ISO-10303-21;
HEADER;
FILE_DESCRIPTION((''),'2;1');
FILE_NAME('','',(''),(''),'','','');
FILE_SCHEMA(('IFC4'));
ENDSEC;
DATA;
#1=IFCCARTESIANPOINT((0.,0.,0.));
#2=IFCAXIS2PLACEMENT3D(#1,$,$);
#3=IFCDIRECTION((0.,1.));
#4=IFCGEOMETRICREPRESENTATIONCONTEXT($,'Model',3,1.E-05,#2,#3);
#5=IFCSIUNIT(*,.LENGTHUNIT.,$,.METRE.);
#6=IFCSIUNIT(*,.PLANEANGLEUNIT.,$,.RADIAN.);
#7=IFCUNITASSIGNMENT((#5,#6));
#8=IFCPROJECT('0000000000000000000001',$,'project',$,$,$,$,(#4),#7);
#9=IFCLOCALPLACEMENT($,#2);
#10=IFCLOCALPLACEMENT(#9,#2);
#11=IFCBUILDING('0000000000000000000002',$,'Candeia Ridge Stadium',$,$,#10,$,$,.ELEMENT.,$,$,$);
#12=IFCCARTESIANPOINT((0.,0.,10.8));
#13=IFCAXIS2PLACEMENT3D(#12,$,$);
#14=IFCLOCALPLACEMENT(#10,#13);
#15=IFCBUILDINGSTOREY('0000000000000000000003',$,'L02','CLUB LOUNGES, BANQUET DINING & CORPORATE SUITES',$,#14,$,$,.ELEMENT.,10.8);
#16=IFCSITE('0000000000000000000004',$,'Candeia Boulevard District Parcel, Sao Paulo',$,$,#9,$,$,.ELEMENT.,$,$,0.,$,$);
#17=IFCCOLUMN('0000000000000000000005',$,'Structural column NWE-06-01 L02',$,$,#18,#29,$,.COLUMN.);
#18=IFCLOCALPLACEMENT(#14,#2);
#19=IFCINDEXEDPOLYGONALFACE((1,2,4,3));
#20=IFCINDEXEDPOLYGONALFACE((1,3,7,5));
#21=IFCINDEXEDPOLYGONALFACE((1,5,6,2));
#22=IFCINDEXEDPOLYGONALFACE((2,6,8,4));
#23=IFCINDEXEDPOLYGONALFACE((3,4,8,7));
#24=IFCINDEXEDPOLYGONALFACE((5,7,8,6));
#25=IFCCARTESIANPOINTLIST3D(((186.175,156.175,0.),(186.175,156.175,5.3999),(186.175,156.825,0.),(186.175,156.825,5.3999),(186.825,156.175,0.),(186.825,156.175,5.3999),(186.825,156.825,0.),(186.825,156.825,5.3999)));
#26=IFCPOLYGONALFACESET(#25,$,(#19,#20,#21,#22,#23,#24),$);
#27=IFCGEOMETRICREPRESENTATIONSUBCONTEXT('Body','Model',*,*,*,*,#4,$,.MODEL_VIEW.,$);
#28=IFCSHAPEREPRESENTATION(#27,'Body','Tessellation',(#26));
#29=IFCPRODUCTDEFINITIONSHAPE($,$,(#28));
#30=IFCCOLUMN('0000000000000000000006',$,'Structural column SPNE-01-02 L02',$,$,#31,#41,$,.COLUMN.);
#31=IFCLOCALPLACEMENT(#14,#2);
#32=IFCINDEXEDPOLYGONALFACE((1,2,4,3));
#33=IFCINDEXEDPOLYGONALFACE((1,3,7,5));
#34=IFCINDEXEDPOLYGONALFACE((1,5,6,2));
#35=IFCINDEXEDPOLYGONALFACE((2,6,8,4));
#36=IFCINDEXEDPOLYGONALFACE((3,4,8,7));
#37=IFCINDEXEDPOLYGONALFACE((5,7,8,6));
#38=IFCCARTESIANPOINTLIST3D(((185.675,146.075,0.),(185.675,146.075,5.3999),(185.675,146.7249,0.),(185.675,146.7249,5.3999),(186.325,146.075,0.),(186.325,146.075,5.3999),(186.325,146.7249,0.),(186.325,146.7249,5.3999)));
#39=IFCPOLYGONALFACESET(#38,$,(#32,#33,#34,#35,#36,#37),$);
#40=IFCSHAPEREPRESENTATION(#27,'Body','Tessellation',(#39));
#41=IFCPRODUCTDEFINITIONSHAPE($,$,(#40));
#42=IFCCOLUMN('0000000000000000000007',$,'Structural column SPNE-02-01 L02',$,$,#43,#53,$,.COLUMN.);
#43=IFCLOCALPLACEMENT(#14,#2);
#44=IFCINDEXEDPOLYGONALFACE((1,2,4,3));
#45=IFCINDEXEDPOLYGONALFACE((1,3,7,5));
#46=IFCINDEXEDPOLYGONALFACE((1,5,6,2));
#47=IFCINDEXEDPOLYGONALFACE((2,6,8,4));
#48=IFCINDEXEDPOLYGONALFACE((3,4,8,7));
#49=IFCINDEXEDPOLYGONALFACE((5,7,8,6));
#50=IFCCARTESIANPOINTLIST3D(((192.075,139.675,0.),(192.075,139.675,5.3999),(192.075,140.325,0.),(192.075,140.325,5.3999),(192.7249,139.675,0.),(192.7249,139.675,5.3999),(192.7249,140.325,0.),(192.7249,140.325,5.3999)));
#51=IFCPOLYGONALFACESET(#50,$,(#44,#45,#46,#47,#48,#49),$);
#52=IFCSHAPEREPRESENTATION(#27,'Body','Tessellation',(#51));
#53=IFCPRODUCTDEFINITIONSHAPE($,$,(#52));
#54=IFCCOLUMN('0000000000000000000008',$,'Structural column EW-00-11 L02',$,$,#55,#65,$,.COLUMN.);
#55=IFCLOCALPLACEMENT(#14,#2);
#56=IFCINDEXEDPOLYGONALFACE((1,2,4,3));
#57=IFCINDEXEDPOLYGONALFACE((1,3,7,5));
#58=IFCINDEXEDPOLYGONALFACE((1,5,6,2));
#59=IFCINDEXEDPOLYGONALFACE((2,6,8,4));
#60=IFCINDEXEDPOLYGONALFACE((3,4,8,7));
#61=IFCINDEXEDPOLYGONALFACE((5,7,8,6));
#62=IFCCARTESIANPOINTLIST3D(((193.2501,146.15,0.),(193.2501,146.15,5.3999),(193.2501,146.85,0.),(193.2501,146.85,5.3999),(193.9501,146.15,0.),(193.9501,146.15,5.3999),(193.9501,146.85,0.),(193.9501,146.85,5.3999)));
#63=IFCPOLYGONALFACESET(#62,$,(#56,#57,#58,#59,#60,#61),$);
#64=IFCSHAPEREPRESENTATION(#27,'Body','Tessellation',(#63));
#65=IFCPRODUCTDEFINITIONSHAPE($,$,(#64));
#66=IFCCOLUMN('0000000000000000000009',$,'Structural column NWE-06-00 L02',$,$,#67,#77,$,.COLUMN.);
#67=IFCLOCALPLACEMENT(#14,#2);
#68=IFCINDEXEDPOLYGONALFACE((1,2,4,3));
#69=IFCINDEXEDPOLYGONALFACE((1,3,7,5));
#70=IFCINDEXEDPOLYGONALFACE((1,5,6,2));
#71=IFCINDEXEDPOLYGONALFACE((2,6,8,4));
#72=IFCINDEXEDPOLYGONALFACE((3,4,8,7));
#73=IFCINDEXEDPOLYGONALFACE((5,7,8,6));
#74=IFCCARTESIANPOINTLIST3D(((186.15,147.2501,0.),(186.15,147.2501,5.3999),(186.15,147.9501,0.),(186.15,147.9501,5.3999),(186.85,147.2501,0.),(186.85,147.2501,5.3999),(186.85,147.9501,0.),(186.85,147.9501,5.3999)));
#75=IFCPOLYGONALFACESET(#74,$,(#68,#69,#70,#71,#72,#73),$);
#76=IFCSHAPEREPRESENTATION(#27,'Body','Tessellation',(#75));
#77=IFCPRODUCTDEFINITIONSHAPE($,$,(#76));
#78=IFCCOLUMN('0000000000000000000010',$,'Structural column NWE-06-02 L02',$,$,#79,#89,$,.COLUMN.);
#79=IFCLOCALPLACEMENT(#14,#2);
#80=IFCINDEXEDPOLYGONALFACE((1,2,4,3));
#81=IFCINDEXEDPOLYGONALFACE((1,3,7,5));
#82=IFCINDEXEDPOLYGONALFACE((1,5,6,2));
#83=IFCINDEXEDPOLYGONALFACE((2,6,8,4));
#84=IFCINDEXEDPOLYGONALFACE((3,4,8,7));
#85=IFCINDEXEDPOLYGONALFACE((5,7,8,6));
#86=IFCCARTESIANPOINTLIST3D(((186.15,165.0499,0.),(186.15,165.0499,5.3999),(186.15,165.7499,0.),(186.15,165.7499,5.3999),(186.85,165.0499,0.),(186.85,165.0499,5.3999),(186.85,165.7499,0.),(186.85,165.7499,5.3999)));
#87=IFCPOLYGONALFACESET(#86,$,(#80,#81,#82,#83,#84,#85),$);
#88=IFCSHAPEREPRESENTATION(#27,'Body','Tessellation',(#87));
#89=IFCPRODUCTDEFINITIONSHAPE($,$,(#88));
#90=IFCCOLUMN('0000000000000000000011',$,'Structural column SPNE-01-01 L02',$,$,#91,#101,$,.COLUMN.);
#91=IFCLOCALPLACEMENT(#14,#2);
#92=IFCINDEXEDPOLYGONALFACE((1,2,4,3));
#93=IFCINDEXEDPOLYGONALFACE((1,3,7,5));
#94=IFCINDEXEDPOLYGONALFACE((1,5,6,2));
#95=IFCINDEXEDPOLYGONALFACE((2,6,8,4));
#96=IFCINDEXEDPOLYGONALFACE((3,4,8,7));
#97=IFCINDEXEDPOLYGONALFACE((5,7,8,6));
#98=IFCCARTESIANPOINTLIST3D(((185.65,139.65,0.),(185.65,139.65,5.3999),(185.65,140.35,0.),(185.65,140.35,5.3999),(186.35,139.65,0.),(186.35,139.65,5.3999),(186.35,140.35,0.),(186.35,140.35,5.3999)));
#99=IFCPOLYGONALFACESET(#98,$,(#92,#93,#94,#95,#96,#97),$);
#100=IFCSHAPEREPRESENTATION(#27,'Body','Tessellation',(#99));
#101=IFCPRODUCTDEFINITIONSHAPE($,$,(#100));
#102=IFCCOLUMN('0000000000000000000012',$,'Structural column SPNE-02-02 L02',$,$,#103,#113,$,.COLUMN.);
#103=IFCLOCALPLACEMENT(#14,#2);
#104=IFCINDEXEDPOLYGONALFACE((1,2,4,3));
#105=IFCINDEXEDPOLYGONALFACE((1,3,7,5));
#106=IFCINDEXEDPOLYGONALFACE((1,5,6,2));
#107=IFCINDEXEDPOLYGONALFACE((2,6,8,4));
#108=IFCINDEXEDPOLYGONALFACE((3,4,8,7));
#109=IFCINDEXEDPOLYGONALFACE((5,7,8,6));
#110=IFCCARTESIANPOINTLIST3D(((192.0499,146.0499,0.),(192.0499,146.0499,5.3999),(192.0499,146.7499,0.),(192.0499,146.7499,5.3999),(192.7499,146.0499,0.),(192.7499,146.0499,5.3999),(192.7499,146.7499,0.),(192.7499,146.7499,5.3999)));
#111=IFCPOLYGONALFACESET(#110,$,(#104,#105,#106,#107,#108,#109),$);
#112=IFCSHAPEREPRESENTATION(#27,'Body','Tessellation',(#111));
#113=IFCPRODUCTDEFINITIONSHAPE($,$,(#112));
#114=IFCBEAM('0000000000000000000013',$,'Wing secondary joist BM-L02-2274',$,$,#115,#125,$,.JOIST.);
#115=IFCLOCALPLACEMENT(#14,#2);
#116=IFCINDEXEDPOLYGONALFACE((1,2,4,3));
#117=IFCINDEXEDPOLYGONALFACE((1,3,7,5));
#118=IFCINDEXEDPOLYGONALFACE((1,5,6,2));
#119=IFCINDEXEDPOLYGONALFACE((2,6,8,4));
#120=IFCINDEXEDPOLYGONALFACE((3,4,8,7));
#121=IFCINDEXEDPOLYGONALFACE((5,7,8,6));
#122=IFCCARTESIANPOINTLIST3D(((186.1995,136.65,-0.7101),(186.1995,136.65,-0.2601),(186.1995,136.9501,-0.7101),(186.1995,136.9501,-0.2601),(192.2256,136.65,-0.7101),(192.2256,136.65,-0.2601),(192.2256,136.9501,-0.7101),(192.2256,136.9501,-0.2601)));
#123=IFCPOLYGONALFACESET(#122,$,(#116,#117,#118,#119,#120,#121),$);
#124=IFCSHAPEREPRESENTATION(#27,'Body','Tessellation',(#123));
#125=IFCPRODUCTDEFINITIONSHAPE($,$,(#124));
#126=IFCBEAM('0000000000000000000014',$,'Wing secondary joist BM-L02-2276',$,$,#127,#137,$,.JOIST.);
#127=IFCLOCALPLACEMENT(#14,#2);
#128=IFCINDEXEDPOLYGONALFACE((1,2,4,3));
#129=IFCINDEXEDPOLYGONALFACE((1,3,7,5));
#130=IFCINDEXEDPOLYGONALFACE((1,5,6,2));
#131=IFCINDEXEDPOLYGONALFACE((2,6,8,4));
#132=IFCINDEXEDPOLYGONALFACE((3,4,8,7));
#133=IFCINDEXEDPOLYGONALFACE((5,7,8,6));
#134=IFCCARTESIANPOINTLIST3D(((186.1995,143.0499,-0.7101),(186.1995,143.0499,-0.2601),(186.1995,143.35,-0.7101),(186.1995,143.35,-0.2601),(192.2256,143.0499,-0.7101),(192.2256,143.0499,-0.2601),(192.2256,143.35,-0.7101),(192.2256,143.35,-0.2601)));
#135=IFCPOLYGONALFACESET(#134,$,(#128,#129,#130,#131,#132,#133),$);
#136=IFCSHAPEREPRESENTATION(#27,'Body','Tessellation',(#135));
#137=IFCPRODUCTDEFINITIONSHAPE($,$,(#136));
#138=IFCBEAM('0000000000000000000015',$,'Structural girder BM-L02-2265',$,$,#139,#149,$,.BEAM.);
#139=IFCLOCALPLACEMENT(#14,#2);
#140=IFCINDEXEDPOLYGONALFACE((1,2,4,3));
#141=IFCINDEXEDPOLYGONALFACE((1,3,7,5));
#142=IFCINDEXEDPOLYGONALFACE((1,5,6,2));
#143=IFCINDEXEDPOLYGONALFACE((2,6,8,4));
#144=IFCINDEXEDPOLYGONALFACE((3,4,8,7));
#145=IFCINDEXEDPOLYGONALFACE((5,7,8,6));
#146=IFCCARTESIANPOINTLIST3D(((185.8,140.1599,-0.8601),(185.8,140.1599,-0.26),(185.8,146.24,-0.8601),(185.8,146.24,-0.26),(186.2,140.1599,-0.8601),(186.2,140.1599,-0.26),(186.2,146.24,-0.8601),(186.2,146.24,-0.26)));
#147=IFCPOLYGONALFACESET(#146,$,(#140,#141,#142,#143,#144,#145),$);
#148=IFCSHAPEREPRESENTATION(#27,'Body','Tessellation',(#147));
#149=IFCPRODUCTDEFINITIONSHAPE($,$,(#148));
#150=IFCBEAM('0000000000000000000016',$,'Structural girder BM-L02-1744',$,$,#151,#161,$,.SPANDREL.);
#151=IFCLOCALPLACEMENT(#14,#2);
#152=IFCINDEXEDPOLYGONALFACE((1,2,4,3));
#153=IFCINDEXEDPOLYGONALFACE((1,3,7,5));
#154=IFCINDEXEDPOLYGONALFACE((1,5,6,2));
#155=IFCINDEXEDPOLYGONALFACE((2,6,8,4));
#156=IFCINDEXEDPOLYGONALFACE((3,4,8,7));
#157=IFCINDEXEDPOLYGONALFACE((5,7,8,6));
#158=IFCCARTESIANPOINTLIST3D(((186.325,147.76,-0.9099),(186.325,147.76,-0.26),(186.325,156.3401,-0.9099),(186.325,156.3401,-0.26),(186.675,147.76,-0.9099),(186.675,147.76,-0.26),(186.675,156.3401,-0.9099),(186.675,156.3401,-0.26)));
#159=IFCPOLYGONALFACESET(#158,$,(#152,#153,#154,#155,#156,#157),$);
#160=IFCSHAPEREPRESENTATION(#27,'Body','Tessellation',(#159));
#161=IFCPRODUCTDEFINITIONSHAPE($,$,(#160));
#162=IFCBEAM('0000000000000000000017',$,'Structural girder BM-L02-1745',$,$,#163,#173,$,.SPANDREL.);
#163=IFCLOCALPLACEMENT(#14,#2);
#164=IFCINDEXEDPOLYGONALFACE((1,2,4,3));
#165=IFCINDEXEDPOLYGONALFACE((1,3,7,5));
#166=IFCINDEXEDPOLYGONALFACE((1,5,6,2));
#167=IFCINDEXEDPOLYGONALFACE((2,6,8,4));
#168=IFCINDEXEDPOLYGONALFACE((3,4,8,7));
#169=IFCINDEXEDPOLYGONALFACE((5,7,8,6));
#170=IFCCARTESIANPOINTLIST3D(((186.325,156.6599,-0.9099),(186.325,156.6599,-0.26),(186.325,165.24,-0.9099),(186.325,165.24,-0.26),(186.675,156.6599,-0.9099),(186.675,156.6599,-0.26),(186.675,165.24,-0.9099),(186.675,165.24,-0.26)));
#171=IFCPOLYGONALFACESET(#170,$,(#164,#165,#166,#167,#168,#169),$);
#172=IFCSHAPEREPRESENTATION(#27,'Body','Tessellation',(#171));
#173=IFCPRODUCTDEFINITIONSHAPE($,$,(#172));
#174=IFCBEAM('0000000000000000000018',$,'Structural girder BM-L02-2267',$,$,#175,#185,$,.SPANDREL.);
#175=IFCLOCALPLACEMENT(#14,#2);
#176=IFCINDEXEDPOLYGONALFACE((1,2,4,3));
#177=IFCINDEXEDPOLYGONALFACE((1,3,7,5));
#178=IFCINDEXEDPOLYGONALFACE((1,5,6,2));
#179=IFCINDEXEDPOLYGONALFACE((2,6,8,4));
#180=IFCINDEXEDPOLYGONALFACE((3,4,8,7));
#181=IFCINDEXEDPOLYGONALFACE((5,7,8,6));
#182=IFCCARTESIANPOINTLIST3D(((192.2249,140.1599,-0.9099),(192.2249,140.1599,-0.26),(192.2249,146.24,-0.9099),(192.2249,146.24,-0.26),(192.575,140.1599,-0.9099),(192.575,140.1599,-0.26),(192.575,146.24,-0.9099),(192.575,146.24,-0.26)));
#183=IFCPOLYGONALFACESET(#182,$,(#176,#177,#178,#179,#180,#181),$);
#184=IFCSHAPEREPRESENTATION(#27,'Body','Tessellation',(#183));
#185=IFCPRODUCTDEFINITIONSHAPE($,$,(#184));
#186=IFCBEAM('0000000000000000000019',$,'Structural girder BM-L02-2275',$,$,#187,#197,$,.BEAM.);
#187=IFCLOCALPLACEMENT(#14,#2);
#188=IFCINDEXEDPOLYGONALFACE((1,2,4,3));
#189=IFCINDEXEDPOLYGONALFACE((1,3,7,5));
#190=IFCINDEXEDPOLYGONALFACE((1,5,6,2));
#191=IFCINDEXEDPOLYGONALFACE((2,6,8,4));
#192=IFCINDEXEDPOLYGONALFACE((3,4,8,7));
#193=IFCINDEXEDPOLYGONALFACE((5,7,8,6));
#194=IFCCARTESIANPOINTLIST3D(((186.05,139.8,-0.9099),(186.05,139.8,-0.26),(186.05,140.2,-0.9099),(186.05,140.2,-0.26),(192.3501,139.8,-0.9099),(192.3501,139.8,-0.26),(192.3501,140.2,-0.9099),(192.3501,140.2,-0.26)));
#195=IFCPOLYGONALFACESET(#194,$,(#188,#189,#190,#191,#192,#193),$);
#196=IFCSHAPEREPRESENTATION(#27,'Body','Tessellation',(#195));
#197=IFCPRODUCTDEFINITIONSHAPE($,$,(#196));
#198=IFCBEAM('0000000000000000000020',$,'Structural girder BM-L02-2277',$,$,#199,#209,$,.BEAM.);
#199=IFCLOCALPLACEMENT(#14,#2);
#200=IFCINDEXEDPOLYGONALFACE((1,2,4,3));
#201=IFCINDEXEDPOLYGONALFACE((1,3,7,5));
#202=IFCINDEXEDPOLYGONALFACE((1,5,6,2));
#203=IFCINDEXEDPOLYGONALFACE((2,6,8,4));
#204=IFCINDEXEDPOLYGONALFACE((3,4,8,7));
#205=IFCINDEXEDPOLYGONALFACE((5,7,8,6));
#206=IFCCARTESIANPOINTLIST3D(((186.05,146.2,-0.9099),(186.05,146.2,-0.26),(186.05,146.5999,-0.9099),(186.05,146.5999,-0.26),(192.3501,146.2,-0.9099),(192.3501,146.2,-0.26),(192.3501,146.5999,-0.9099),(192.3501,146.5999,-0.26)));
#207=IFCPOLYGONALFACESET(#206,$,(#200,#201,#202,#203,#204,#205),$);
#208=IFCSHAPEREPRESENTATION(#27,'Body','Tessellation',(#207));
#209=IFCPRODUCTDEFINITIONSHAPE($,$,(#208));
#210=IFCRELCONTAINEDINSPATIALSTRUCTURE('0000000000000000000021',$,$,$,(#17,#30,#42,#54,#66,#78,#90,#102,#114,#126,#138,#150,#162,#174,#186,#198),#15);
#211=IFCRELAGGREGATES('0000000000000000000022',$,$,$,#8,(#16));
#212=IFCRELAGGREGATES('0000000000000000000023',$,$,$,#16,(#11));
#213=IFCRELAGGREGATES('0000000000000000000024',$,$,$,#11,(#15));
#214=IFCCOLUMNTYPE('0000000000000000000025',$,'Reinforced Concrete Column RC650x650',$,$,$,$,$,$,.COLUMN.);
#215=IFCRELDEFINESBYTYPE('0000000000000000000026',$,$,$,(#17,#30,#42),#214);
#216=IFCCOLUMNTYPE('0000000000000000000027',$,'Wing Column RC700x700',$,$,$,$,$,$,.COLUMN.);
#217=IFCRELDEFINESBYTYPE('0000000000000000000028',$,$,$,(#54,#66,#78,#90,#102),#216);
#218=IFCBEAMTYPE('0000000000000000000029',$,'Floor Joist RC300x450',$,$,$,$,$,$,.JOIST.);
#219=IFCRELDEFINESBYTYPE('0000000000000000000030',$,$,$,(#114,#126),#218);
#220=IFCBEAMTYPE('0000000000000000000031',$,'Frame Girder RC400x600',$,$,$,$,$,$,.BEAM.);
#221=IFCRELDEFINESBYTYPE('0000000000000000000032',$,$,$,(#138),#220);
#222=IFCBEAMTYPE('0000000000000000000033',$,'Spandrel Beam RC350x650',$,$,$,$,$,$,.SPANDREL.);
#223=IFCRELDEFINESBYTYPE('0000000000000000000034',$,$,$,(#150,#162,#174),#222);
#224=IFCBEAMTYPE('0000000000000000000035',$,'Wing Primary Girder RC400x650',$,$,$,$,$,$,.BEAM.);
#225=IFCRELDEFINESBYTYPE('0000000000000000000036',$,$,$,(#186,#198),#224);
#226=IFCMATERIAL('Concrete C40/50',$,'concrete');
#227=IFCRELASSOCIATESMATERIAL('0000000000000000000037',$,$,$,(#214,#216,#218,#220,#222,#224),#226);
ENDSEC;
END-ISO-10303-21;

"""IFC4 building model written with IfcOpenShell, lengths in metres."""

from ifc_helpers import new_model, si_unit, direction, frame, origin, origin_2d, place, context, subcontext, project, spatial, rectangle, extrude, material, material_profile, profile_set, type_object, element, save


model = new_model("IFC4")

# Units and contexts
model_context = context("Model", 3, precision=1e-05, world=origin(), true_north=direction((0.0, 1.0)))
body_context = subcontext(model_context, "Body", "Model", "MODEL_VIEW")
ifc_project = project(units=[si_unit("LENGTHUNIT", "METRE"), si_unit("PLANEANGLEUNIT", "RADIAN")], contexts=[model_context])

# Site, building, storey
site_placement = place(None, origin())
site = spatial("IfcSite", under=ifc_project, at=site_placement, Name="Candeia Boulevard District Parcel, Sao Paulo", CompositionType="ELEMENT", RefElevation=0.0)
building_placement = place(site_placement, origin())
building = spatial("IfcBuilding", under=site, at=building_placement, Name="Candeia Ridge Stadium", CompositionType="ELEMENT")
storey_placement = place(building_placement, frame((0.0, 0.0, 10.8)))
storey = spatial("IfcBuildingStorey", under=building, at=storey_placement, Name="L02", Description="CLUB LOUNGES, BANQUET DINING & CORPORATE SUITES", CompositionType="ELEMENT", Elevation=10.8)

# Columns
ifc_material_1 = material(Name="Concrete C40/50", Category="concrete")
ifc_material_profile_1 = material_profile(ifc_material_1, rectangle(XDim=0.6499, YDim=0.6499, at=origin_2d()), Name="RC650x650", Category="concrete")
ifc_profile_set_1 = profile_set([ifc_material_profile_1], Name="Concrete C40/50")
column_type_1 = type_object("IfcColumnType", Name="Reinforced Concrete Column RC650x650", PredefinedType="COLUMN", material=ifc_profile_set_1)
for number, where, z_axis, x_axis, name in (
    (1, (186.5, 156.5, 0.0), (0.0, 0.0, 1.0), (1.0, 0.0, 0.0), "Structural column NWE-06-01 L02"),
    (2, (186.0, 146.3999, 0.0), (0.0, 0.0, 1.0), (1.0, 0.0, 0.0), "Structural column SPNE-01-02 L02"),
    (3, (192.3999, 140.0, 0.0), (0.0, 0.0, 1.0), (1.0, 0.0, 0.0), "Structural column SPNE-02-01 L02"),
):
    element("IfcColumn", number, at=place(storey_placement, frame(where, z_axis=z_axis, x_axis=x_axis)), inside=storey, type_object=column_type_1, Name=name, PredefinedType="COLUMN", context=body_context, shape_type="SweptSolid", body=[
        extrude(rectangle(XDim=0.6499, YDim=0.6499, at=origin_2d()), origin(), (0.0, 0.0, 1.0), 5.3999),
    ])
ifc_material_profile_2 = material_profile(ifc_material_1, rectangle(XDim=0.7, YDim=0.7, at=origin_2d()), Name="RC700x700", Category="concrete")
ifc_profile_set_2 = profile_set([ifc_material_profile_2], Name="Concrete C40/50")
column_type_2 = type_object("IfcColumnType", Name="Wing Column RC700x700", PredefinedType="COLUMN", material=ifc_profile_set_2)
for number, where, z_axis, x_axis, name in (
    (4, (193.6001, 146.5, 0.0), (0.0, 0.0, 1.0), (1.0, 0.0, 0.0), "Structural column EW-00-11 L02"),
    (5, (186.5, 147.6001, 0.0), (0.0, 0.0, 1.0), (1.0, 0.0, 0.0), "Structural column NWE-06-00 L02"),
    (6, (186.5, 165.3999, 0.0), (0.0, 0.0, 1.0), (1.0, 0.0, 0.0), "Structural column NWE-06-02 L02"),
    (7, (186.0, 140.0, 0.0), (0.0, 0.0, 1.0), (1.0, 0.0, 0.0), "Structural column SPNE-01-01 L02"),
    (8, (192.3999, 146.3999, 0.0), (0.0, 0.0, 1.0), (1.0, 0.0, 0.0), "Structural column SPNE-02-02 L02"),
):
    element("IfcColumn", number, at=place(storey_placement, frame(where, z_axis=z_axis, x_axis=x_axis)), inside=storey, type_object=column_type_2, Name=name, PredefinedType="COLUMN", context=body_context, shape_type="SweptSolid", body=[
        extrude(rectangle(XDim=0.7, YDim=0.7, at=origin_2d()), origin(), (0.0, 0.0, 1.0), 5.3999),
    ])

# Beams
ifc_material_profile_3 = material_profile(ifc_material_1, rectangle(XDim=0.3, YDim=0.45, at=origin_2d()), Name="RC300x450", Category="concrete")
ifc_profile_set_3 = profile_set([ifc_material_profile_3], Name="Concrete C40/50")
beam_type_1 = type_object("IfcBeamType", Name="Floor Joist RC300x450", PredefinedType="JOIST", material=ifc_profile_set_3)
for number, where, z_axis, x_axis, name in (
    (9, (186.1995, 136.8, -0.4851), (1.0, 0.0, 0.0), (0.0, 1.0, 0.0), "Wing secondary joist BM-L02-2274"),
    (10, (186.1995, 143.2, -0.4851), (1.0, 0.0, 0.0), (0.0, 1.0, 0.0), "Wing secondary joist BM-L02-2276"),
):
    element("IfcBeam", number, at=place(storey_placement, frame(where, z_axis=z_axis, x_axis=x_axis)), inside=storey, type_object=beam_type_1, Name=name, PredefinedType="JOIST", context=body_context, shape_type="SweptSolid", body=[
        extrude(rectangle(XDim=0.3, YDim=0.45, at=origin_2d()), origin(), (0.0, 0.0, 1.0), 6.0261),
    ])
ifc_material_profile_4 = material_profile(ifc_material_1, rectangle(XDim=0.3999, YDim=0.6001, at=origin_2d()), Name="RC400x600", Category="concrete")
ifc_profile_set_4 = profile_set([ifc_material_profile_4], Name="Concrete C40/50")
beam_type_2 = type_object("IfcBeamType", Name="Frame Girder RC400x600", PredefinedType="BEAM", material=ifc_profile_set_4)
beam_1_placement = place(storey_placement, frame((186.0, 140.1599, -0.5601), z_axis=(0.0, 1.0, 0.0), x_axis=(-1.0, 0.0, 0.0)))
element("IfcBeam", 11, at=beam_1_placement, inside=storey, type_object=beam_type_2, Name="Structural girder BM-L02-2265", PredefinedType="BEAM", context=body_context, shape_type="SweptSolid", body=[
    extrude(rectangle(XDim=0.3999, YDim=0.6001, at=origin_2d()), origin(), (0.0, 0.0, 1.0), 6.0801),
])
ifc_material_profile_5 = material_profile(ifc_material_1, rectangle(XDim=0.3501, YDim=0.6499, at=origin_2d()), Name="RC350x650", Category="concrete")
ifc_profile_set_5 = profile_set([ifc_material_profile_5], Name="Concrete C40/50")
beam_type_3 = type_object("IfcBeamType", Name="Spandrel Beam RC350x650", PredefinedType="SPANDREL", material=ifc_profile_set_5)
for number, where, z_axis, x_axis, name in (
    (12, (186.5, 147.76, -0.585), (0.0, 1.0, 0.0), (-1.0, 0.0, 0.0), "Structural girder BM-L02-1744"),
    (13, (186.5, 156.6599, -0.585), (0.0, 1.0, 0.0), (-1.0, 0.0, 0.0), "Structural girder BM-L02-1745"),
):
    element("IfcBeam", number, at=place(storey_placement, frame(where, z_axis=z_axis, x_axis=x_axis)), inside=storey, type_object=beam_type_3, Name=name, PredefinedType="SPANDREL", context=body_context, shape_type="SweptSolid", body=[
        extrude(rectangle(XDim=0.3501, YDim=0.6499, at=origin_2d()), origin(), (0.0, 0.0, 1.0), 8.5801),
    ])
beam_2_placement = place(storey_placement, frame((192.3999, 140.1599, -0.585), z_axis=(0.0, 1.0, 0.0), x_axis=(-1.0, 0.0, 0.0)))
element("IfcBeam", 14, at=beam_2_placement, inside=storey, type_object=beam_type_3, Name="Structural girder BM-L02-2267", PredefinedType="SPANDREL", context=body_context, shape_type="SweptSolid", body=[
    extrude(rectangle(XDim=0.3501, YDim=0.6499, at=origin_2d()), origin(), (0.0, 0.0, 1.0), 6.0801),
])
ifc_material_profile_6 = material_profile(ifc_material_1, rectangle(XDim=0.3999, YDim=0.6499, at=origin_2d()), Name="RC400x650", Category="concrete")
ifc_profile_set_6 = profile_set([ifc_material_profile_6], Name="Concrete C40/50")
beam_type_4 = type_object("IfcBeamType", Name="Wing Primary Girder RC400x650", PredefinedType="BEAM", material=ifc_profile_set_6)
for number, where, z_axis, x_axis, name in (
    (15, (186.05, 140.0, -0.585), (1.0, 0.0, 0.0), (0.0, 1.0, 0.0), "Structural girder BM-L02-2275"),
    (16, (186.05, 146.3999, -0.585), (1.0, 0.0, 0.0), (0.0, 1.0, 0.0), "Structural girder BM-L02-2277"),
):
    element("IfcBeam", number, at=place(storey_placement, frame(where, z_axis=z_axis, x_axis=x_axis)), inside=storey, type_object=beam_type_4, Name=name, PredefinedType="BEAM", context=body_context, shape_type="SweptSolid", body=[
        extrude(rectangle(XDim=0.3999, YDim=0.6499, at=origin_2d()), origin(), (0.0, 0.0, 1.0), 6.3),
    ])

save(model, "model.ifc")
